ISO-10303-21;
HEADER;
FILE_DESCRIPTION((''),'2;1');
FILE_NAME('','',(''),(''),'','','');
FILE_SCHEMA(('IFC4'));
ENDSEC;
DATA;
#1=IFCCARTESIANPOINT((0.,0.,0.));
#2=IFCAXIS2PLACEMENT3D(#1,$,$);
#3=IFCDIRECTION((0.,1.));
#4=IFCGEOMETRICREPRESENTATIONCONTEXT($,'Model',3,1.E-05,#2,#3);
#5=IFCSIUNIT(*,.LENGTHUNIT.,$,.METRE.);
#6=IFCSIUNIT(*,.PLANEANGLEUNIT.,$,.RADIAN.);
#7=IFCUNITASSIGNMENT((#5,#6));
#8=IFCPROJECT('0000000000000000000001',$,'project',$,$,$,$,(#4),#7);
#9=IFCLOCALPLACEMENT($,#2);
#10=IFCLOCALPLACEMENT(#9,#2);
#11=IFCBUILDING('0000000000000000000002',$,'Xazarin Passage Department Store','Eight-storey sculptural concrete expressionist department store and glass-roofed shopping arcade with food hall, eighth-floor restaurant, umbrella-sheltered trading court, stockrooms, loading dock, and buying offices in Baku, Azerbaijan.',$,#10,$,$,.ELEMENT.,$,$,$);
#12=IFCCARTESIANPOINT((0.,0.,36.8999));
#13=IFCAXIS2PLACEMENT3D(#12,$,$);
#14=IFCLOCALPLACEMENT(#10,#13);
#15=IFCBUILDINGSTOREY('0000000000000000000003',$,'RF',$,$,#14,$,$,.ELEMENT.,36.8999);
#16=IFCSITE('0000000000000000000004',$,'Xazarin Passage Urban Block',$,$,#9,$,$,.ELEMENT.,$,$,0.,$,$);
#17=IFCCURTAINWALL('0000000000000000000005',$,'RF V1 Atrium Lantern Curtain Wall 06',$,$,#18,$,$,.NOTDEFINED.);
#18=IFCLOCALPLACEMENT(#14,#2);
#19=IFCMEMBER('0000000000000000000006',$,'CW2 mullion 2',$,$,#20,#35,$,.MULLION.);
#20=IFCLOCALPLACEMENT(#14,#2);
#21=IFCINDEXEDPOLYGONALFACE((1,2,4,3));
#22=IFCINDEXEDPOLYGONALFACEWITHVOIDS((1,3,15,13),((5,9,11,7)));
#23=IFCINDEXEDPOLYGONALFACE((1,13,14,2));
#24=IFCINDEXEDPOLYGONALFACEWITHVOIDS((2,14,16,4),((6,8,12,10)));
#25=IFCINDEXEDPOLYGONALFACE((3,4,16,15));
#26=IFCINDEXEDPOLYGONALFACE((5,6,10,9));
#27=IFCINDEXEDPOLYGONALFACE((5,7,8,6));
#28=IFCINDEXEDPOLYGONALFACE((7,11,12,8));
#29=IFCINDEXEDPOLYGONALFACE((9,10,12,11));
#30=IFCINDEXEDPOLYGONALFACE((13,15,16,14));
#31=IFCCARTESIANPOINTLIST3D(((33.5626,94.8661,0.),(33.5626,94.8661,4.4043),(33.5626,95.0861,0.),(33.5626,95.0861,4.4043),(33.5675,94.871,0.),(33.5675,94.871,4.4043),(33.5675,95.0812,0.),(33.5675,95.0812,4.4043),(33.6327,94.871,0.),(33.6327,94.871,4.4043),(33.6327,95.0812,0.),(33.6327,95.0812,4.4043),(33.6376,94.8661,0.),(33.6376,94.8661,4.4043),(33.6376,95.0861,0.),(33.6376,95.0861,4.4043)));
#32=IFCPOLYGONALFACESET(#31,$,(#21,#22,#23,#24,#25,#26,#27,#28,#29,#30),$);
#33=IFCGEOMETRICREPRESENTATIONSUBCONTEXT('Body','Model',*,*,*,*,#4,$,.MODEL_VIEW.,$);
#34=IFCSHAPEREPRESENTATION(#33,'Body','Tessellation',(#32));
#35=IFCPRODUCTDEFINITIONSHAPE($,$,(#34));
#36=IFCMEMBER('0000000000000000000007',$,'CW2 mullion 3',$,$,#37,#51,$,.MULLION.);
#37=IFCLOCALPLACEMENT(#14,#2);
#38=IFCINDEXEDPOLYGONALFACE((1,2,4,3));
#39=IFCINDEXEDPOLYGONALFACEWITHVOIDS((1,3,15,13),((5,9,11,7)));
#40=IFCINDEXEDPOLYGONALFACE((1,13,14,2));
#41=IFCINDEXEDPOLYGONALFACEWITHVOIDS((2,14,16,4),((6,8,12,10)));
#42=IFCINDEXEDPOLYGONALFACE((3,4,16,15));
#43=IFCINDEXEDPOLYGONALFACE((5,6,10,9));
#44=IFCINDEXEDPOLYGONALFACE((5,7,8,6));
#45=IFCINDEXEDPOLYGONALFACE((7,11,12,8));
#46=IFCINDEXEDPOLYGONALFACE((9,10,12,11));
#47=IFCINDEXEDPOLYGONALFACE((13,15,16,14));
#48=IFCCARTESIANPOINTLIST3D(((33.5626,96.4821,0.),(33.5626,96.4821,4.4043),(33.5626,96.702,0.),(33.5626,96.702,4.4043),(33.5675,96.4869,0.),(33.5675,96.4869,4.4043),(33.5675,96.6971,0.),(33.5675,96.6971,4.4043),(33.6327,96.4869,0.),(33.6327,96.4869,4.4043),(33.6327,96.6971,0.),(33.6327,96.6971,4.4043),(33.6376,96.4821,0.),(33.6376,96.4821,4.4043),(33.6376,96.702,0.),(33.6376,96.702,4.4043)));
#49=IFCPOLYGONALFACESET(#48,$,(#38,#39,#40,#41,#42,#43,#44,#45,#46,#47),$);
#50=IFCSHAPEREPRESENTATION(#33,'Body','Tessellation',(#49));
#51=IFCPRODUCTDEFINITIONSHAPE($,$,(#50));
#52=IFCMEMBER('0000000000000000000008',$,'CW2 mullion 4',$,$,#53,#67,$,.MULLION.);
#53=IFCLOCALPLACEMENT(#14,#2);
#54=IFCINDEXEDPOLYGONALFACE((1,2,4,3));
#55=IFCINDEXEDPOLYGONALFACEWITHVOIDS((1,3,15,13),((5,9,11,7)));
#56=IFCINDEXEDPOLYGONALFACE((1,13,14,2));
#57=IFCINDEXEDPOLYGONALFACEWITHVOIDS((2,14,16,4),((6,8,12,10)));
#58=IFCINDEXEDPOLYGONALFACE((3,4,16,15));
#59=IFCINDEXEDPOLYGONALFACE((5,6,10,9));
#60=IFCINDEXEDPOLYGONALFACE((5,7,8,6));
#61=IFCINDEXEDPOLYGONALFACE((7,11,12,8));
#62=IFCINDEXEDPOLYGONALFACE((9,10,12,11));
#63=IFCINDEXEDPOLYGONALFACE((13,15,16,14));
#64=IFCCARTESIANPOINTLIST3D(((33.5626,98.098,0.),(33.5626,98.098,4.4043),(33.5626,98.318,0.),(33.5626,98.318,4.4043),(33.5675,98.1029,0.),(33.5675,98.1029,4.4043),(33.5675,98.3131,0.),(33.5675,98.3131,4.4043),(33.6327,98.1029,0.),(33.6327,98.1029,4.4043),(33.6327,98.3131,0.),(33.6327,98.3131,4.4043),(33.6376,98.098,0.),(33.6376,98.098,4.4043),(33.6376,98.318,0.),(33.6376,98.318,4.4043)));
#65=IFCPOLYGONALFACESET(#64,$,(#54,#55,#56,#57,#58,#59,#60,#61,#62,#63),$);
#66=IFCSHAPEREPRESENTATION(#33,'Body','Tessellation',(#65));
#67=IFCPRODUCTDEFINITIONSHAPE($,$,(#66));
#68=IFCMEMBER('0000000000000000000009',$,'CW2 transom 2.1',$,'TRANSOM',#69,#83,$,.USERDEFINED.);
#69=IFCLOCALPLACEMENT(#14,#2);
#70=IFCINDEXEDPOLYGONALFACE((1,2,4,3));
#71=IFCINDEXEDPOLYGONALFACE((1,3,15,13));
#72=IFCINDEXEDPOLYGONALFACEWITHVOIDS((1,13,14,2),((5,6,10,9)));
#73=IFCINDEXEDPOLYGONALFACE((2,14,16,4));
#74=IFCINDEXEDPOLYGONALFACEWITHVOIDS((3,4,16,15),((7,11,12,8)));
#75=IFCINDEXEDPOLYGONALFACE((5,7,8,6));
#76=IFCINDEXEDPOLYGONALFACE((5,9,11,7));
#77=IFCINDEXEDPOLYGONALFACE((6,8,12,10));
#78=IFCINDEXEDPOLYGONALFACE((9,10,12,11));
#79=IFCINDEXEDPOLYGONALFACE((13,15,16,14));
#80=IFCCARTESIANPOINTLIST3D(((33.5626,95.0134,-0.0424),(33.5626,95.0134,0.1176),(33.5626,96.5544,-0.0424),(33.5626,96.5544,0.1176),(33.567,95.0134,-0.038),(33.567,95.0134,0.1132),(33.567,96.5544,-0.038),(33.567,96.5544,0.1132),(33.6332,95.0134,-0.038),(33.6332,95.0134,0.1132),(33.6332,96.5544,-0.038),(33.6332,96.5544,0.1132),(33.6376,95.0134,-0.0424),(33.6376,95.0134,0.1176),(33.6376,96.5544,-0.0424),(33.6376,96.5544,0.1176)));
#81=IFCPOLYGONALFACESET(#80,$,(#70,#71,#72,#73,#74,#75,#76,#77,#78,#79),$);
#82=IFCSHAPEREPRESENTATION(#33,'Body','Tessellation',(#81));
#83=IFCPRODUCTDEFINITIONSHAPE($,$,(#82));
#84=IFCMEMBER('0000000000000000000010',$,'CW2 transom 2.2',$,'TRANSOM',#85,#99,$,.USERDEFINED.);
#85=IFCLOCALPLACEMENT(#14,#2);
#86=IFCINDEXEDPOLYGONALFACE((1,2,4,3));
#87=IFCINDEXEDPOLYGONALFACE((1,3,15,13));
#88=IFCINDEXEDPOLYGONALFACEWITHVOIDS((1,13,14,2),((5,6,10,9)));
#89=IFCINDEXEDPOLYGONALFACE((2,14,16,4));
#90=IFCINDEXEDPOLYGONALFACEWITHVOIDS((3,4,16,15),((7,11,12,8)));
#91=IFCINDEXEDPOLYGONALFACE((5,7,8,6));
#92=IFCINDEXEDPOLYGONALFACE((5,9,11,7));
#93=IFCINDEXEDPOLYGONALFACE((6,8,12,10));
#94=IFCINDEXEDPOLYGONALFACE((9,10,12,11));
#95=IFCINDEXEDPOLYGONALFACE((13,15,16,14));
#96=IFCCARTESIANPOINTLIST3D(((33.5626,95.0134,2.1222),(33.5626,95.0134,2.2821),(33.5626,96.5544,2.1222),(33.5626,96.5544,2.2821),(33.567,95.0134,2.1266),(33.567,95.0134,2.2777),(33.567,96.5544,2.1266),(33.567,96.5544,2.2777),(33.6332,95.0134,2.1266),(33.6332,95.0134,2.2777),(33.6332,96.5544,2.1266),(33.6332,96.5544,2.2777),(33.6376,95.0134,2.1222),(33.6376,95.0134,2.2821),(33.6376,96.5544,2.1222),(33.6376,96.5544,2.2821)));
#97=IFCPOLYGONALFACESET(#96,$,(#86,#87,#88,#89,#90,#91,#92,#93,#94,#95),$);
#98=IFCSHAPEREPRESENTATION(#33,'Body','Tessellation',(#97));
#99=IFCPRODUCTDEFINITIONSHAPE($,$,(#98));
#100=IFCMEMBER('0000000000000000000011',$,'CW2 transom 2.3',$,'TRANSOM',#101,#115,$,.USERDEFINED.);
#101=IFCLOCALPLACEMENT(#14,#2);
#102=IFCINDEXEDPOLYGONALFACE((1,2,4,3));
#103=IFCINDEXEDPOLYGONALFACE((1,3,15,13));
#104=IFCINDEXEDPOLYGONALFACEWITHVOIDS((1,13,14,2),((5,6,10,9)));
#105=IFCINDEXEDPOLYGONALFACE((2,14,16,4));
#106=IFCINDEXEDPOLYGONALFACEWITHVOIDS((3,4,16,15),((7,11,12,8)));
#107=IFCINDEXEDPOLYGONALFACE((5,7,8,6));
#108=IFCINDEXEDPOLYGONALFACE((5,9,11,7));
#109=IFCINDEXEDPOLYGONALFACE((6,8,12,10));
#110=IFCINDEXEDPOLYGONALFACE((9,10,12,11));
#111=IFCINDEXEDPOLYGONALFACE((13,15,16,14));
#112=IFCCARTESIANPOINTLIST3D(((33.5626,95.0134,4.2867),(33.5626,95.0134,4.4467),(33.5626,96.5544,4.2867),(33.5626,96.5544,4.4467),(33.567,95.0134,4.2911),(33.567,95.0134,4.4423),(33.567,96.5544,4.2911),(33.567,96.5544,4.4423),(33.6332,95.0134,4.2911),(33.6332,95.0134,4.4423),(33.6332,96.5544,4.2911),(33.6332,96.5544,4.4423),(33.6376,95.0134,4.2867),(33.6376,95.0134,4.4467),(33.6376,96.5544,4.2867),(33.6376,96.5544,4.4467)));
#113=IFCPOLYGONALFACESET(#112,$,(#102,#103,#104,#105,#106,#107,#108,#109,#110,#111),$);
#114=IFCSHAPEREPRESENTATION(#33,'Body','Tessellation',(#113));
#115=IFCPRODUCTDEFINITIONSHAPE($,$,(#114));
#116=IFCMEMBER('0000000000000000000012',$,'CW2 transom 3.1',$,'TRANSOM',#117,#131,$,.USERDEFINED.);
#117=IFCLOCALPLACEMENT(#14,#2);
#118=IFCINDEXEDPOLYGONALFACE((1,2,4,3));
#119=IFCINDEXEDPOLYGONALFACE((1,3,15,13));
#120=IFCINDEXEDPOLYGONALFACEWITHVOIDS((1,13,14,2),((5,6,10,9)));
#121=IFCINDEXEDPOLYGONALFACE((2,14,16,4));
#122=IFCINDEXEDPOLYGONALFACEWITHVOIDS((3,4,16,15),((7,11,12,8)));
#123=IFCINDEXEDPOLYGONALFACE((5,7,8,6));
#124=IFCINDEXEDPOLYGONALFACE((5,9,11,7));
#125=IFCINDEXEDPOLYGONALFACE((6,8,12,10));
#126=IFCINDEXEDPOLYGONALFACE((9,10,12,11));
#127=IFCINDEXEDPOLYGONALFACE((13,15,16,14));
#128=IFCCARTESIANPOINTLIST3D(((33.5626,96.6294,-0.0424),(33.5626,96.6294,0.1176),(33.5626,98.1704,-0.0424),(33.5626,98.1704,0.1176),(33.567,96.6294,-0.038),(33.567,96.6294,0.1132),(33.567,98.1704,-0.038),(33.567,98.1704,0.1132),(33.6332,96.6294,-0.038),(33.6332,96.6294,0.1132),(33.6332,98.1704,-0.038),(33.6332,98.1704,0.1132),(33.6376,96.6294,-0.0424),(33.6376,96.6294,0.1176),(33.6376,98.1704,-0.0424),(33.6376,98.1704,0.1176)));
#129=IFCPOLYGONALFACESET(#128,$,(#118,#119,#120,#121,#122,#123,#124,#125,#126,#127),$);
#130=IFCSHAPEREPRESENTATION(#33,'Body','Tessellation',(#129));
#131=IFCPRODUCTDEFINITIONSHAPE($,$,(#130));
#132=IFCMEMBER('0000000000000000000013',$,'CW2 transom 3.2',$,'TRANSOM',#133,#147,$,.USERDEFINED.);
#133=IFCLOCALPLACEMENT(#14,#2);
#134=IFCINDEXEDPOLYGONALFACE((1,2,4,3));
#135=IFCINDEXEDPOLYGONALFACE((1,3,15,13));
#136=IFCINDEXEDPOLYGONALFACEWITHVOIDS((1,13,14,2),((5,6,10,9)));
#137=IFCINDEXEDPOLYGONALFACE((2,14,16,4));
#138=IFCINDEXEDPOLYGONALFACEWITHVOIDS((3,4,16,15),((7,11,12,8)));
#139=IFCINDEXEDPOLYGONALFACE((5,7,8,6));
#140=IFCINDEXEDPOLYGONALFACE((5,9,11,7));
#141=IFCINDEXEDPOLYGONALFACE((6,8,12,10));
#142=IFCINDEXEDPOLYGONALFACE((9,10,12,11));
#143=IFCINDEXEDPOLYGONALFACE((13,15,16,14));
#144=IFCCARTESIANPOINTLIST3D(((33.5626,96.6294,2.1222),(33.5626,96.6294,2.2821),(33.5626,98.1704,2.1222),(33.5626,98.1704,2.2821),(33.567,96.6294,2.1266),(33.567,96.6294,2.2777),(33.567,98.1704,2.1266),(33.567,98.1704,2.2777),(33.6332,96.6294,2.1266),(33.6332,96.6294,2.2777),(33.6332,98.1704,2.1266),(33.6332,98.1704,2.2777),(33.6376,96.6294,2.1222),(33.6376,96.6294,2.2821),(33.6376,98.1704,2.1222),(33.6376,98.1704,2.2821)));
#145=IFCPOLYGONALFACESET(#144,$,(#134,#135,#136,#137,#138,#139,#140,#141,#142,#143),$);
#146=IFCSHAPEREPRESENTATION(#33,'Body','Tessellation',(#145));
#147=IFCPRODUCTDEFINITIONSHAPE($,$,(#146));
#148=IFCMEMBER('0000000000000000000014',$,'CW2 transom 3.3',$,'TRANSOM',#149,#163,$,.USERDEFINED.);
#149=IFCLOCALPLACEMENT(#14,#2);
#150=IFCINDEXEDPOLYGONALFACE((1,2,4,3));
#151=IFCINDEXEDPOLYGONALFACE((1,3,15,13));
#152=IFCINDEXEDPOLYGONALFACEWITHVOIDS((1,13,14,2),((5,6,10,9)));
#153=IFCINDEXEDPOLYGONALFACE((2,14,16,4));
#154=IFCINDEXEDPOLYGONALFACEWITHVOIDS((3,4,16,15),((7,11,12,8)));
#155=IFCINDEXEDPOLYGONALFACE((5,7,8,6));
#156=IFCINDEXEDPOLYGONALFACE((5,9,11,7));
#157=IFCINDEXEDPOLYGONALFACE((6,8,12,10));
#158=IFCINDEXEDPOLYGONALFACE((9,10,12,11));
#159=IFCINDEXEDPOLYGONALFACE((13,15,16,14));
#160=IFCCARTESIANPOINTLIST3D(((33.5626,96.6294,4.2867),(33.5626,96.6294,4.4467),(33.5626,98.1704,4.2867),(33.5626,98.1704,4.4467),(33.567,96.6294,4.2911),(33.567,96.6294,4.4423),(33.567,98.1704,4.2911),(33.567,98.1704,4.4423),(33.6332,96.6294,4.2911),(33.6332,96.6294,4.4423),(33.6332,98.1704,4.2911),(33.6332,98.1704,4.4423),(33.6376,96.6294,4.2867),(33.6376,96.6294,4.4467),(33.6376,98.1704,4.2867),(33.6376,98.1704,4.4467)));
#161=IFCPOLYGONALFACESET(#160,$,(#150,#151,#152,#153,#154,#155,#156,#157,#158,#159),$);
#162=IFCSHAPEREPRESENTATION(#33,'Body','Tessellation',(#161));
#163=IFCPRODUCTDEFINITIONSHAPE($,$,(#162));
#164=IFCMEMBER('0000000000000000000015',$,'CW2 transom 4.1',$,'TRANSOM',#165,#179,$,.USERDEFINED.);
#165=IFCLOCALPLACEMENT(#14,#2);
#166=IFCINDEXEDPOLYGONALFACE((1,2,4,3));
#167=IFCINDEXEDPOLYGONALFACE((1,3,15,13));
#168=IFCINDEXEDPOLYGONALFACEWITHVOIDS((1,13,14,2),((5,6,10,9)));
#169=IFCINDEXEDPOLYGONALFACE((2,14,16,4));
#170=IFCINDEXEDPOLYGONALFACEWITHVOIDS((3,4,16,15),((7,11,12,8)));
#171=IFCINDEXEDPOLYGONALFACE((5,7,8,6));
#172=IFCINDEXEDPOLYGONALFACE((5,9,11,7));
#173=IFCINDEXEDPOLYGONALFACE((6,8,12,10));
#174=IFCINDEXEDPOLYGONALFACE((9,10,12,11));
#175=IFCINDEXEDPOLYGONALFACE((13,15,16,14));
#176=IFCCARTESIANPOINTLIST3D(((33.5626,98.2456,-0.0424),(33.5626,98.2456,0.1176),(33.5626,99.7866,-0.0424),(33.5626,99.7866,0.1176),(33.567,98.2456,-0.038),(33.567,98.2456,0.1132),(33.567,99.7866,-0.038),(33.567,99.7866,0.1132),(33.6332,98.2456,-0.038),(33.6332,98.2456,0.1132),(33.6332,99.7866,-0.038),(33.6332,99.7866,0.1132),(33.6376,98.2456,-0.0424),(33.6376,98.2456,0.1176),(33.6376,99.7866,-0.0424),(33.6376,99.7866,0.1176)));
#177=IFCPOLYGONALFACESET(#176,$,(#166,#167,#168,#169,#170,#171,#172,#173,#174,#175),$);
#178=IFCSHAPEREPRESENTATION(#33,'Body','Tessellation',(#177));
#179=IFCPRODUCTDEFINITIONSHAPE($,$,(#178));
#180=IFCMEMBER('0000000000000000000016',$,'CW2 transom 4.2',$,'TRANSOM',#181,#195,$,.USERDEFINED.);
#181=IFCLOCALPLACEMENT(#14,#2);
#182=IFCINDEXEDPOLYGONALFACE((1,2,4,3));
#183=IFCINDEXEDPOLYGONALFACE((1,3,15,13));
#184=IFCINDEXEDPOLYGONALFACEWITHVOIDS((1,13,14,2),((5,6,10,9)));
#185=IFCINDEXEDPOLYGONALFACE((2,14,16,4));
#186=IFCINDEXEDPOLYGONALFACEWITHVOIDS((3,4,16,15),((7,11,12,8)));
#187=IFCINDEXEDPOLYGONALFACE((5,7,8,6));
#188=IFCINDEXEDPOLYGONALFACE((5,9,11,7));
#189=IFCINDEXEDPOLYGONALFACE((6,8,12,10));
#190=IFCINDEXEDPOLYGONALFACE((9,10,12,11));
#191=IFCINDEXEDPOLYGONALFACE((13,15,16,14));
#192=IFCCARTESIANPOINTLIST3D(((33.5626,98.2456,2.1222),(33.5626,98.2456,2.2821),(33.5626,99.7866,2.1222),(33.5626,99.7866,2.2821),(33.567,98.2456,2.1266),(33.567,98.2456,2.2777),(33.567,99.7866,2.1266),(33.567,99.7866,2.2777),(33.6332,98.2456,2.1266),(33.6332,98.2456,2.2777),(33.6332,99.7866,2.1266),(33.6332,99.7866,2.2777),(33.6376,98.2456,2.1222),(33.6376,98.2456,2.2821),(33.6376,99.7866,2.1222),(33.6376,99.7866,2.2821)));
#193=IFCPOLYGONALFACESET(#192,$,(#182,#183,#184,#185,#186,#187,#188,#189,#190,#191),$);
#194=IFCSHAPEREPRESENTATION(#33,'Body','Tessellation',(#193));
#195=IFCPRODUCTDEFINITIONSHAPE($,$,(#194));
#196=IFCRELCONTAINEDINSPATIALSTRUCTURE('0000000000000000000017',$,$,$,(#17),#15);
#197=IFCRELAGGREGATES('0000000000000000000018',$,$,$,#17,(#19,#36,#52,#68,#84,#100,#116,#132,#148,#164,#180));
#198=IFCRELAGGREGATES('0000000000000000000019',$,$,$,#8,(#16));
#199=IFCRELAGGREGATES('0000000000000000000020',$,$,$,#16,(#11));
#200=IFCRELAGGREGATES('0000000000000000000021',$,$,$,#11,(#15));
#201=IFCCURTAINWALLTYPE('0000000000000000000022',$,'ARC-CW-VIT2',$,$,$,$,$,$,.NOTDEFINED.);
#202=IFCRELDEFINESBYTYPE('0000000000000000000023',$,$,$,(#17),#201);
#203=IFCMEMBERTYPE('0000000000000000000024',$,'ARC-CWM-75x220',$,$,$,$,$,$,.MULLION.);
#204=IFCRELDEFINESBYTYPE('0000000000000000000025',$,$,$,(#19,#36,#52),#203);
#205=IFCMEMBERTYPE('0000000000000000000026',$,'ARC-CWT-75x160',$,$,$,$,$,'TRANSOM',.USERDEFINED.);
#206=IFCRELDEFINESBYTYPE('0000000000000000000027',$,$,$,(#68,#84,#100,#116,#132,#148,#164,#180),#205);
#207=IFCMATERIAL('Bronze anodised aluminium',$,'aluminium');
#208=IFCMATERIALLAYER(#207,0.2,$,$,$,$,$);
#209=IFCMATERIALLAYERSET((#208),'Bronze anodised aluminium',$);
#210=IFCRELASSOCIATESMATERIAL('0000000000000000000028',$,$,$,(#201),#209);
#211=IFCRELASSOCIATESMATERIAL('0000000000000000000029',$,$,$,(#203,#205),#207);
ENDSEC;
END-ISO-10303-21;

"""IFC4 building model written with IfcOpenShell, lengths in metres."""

from ifc_helpers import new_model, si_unit, direction, frame, origin, origin_2d, place, context, subcontext, project, spatial, hollow_rectangle, extrude, material, layer, layer_set, material_profile, profile_set, type_object, element, aggregate, save


model = new_model("IFC4")

# Units and contexts
model_context = context("Model", 3, precision=1e-05, world=origin(), true_north=direction((0.0, 1.0)))
body_context = subcontext(model_context, "Body", "Model", "MODEL_VIEW")
ifc_project = project(units=[si_unit("LENGTHUNIT", "METRE"), si_unit("PLANEANGLEUNIT", "RADIAN")], contexts=[model_context])

# Site, building, storey
site_placement = place(None, origin())
site = spatial("IfcSite", under=ifc_project, at=site_placement, Name="Xazarin Passage Urban Block", CompositionType="ELEMENT", RefElevation=0.0)
building_placement = place(site_placement, origin())
building = spatial("IfcBuilding", under=site, at=building_placement, Name="Xazarin Passage Department Store", Description="Eight-storey sculptural concrete expressionist department store and glass-roofed shopping arcade with food hall, eighth-floor restaurant, umbrella-sheltered trading court, stockrooms, loading dock, and buying offices in Baku, Azerbaijan.", CompositionType="ELEMENT")
storey_placement = place(building_placement, frame((0.0, 0.0, 36.8999)))
storey = spatial("IfcBuildingStorey", under=building, at=storey_placement, Name="RF", CompositionType="ELEMENT", Elevation=36.8999)

# Curtain wall, members
ifc_material_1 = material(Name="Bronze anodised aluminium", Category="aluminium")
ifc_layer_1 = layer(ifc_material_1, 0.2)
ifc_layer_set_1 = layer_set([ifc_layer_1], Name="Bronze anodised aluminium")
curtain_wall_type = type_object("IfcCurtainWallType", Name="ARC-CW-VIT2", PredefinedType="NOTDEFINED", material=ifc_layer_set_1)
curtain_wall_placement = place(storey_placement, origin())
curtain_wall = element("IfcCurtainWall", 1, at=curtain_wall_placement, inside=storey, type_object=curtain_wall_type, Name="RF V1 Atrium Lantern Curtain Wall 06", PredefinedType="NOTDEFINED")
ifc_material_profile_1 = material_profile(ifc_material_1, hollow_rectangle(XDim=0.075, YDim=0.22, WallThickness=0.0049, at=origin_2d()), Name="ALU 75x220")
ifc_profile_set_1 = profile_set([ifc_material_profile_1], Name="Bronze anodised aluminium")
member_type_1 = type_object("IfcMemberType", Name="ARC-CWM-75x220", PredefinedType="MULLION", material=ifc_profile_set_1)
member_1_placement = place(storey_placement, frame((33.6001, 94.9761, 0.0), z_axis=(0.0, 0.0, 1.0), x_axis=(-1.0, 0.0, 0.0)))
member_1 = element("IfcMember", 2, at=member_1_placement, type_object=member_type_1, Name="CW2 mullion 2", PredefinedType="MULLION", context=body_context, shape_type="SweptSolid", body=[
    extrude(hollow_rectangle(XDim=0.075, YDim=0.22, WallThickness=0.0049, at=origin_2d()), origin(), (0.0, 0.0, 1.0), 4.4043),
])
member_2_placement = place(storey_placement, frame((33.6001, 96.592, 0.0), z_axis=(0.0, 0.0, 1.0), x_axis=(-1.0, 0.0, 0.0)))
member_2 = element("IfcMember", 3, at=member_2_placement, type_object=member_type_1, Name="CW2 mullion 3", PredefinedType="MULLION", context=body_context, shape_type="SweptSolid", body=[
    extrude(hollow_rectangle(XDim=0.075, YDim=0.22, WallThickness=0.0049, at=origin_2d()), origin(), (0.0, 0.0, 1.0), 4.4043),
])
member_3_placement = place(storey_placement, frame((33.6001, 98.208, 0.0), z_axis=(0.0, 0.0, 1.0), x_axis=(-1.0, 0.0, 0.0)))
member_3 = element("IfcMember", 4, at=member_3_placement, type_object=member_type_1, Name="CW2 mullion 4", PredefinedType="MULLION", context=body_context, shape_type="SweptSolid", body=[
    extrude(hollow_rectangle(XDim=0.075, YDim=0.22, WallThickness=0.0049, at=origin_2d()), origin(), (0.0, 0.0, 1.0), 4.4043),
])
ifc_material_profile_2 = material_profile(ifc_material_1, hollow_rectangle(XDim=0.075, YDim=0.1599, WallThickness=0.0044, at=origin_2d()), Name="ALU 75x160")
ifc_profile_set_2 = profile_set([ifc_material_profile_2], Name="Bronze anodised aluminium")
member_type_2 = type_object("IfcMemberType", Name="ARC-CWT-75x160", ElementType="TRANSOM", PredefinedType="USERDEFINED", material=ifc_profile_set_2)
member_4_placement = place(storey_placement, frame((33.6001, 95.0134, 0.0376), z_axis=(0.0, 1.0, 0.0), x_axis=(-1.0, 0.0, 0.0)))
member_4 = element("IfcMember", 5, at=member_4_placement, type_object=member_type_2, Name="CW2 transom 2.1", ObjectType="TRANSOM", PredefinedType="USERDEFINED", context=body_context, shape_type="SweptSolid", body=[
    extrude(hollow_rectangle(XDim=0.075, YDim=0.1599, WallThickness=0.0044, at=origin_2d()), origin(), (0.0, 0.0, 1.0), 1.541),
])
member_5_placement = place(storey_placement, frame((33.6001, 95.0134, 2.2021), z_axis=(0.0, 1.0, 0.0), x_axis=(-1.0, 0.0, 0.0)))
member_5 = element("IfcMember", 6, at=member_5_placement, type_object=member_type_2, Name="CW2 transom 2.2", ObjectType="TRANSOM", PredefinedType="USERDEFINED", context=body_context, shape_type="SweptSolid", body=[
    extrude(hollow_rectangle(XDim=0.075, YDim=0.1599, WallThickness=0.0044, at=origin_2d()), origin(), (0.0, 0.0, 1.0), 1.541),
])
member_6_placement = place(storey_placement, frame((33.6001, 95.0134, 4.3667), z_axis=(0.0, 1.0, 0.0), x_axis=(-1.0, 0.0, 0.0)))
member_6 = element("IfcMember", 7, at=member_6_placement, type_object=member_type_2, Name="CW2 transom 2.3", ObjectType="TRANSOM", PredefinedType="USERDEFINED", context=body_context, shape_type="SweptSolid", body=[
    extrude(hollow_rectangle(XDim=0.075, YDim=0.1599, WallThickness=0.0044, at=origin_2d()), origin(), (0.0, 0.0, 1.0), 1.541),
])
member_7_placement = place(storey_placement, frame((33.6001, 96.6294, 0.0376), z_axis=(0.0, 1.0, 0.0), x_axis=(-1.0, 0.0, 0.0)))
member_7 = element("IfcMember", 8, at=member_7_placement, type_object=member_type_2, Name="CW2 transom 3.1", ObjectType="TRANSOM", PredefinedType="USERDEFINED", context=body_context, shape_type="SweptSolid", body=[
    extrude(hollow_rectangle(XDim=0.075, YDim=0.1599, WallThickness=0.0044, at=origin_2d()), origin(), (0.0, 0.0, 1.0), 1.541),
])
member_8_placement = place(storey_placement, frame((33.6001, 96.6294, 2.2021), z_axis=(0.0, 1.0, 0.0), x_axis=(-1.0, 0.0, 0.0)))
member_8 = element("IfcMember", 9, at=member_8_placement, type_object=member_type_2, Name="CW2 transom 3.2", ObjectType="TRANSOM", PredefinedType="USERDEFINED", context=body_context, shape_type="SweptSolid", body=[
    extrude(hollow_rectangle(XDim=0.075, YDim=0.1599, WallThickness=0.0044, at=origin_2d()), origin(), (0.0, 0.0, 1.0), 1.541),
])
member_9_placement = place(storey_placement, frame((33.6001, 96.6294, 4.3667), z_axis=(0.0, 1.0, 0.0), x_axis=(-1.0, 0.0, 0.0)))
member_9 = element("IfcMember", 10, at=member_9_placement, type_object=member_type_2, Name="CW2 transom 3.3", ObjectType="TRANSOM", PredefinedType="USERDEFINED", context=body_context, shape_type="SweptSolid", body=[
    extrude(hollow_rectangle(XDim=0.075, YDim=0.1599, WallThickness=0.0044, at=origin_2d()), origin(), (0.0, 0.0, 1.0), 1.541),
])
member_10_placement = place(storey_placement, frame((33.6001, 98.2456, 0.0376), z_axis=(0.0, 1.0, 0.0), x_axis=(-1.0, 0.0, 0.0)))
member_10 = element("IfcMember", 11, at=member_10_placement, type_object=member_type_2, Name="CW2 transom 4.1", ObjectType="TRANSOM", PredefinedType="USERDEFINED", context=body_context, shape_type="SweptSolid", body=[
    extrude(hollow_rectangle(XDim=0.075, YDim=0.1599, WallThickness=0.0044, at=origin_2d()), origin(), (0.0, 0.0, 1.0), 1.541),
])
member_11_placement = place(storey_placement, frame((33.6001, 98.2456, 2.2021), z_axis=(0.0, 1.0, 0.0), x_axis=(-1.0, 0.0, 0.0)))
member_11 = element("IfcMember", 12, at=member_11_placement, type_object=member_type_2, Name="CW2 transom 4.2", ObjectType="TRANSOM", PredefinedType="USERDEFINED", context=body_context, shape_type="SweptSolid", body=[
    extrude(hollow_rectangle(XDim=0.075, YDim=0.1599, WallThickness=0.0044, at=origin_2d()), origin(), (0.0, 0.0, 1.0), 1.541),
])

aggregate(curtain_wall, [member_1, member_2, member_3, member_4, member_5, member_6, member_7, member_8, member_9, member_10, member_11])

save(model, "model.ifc")
